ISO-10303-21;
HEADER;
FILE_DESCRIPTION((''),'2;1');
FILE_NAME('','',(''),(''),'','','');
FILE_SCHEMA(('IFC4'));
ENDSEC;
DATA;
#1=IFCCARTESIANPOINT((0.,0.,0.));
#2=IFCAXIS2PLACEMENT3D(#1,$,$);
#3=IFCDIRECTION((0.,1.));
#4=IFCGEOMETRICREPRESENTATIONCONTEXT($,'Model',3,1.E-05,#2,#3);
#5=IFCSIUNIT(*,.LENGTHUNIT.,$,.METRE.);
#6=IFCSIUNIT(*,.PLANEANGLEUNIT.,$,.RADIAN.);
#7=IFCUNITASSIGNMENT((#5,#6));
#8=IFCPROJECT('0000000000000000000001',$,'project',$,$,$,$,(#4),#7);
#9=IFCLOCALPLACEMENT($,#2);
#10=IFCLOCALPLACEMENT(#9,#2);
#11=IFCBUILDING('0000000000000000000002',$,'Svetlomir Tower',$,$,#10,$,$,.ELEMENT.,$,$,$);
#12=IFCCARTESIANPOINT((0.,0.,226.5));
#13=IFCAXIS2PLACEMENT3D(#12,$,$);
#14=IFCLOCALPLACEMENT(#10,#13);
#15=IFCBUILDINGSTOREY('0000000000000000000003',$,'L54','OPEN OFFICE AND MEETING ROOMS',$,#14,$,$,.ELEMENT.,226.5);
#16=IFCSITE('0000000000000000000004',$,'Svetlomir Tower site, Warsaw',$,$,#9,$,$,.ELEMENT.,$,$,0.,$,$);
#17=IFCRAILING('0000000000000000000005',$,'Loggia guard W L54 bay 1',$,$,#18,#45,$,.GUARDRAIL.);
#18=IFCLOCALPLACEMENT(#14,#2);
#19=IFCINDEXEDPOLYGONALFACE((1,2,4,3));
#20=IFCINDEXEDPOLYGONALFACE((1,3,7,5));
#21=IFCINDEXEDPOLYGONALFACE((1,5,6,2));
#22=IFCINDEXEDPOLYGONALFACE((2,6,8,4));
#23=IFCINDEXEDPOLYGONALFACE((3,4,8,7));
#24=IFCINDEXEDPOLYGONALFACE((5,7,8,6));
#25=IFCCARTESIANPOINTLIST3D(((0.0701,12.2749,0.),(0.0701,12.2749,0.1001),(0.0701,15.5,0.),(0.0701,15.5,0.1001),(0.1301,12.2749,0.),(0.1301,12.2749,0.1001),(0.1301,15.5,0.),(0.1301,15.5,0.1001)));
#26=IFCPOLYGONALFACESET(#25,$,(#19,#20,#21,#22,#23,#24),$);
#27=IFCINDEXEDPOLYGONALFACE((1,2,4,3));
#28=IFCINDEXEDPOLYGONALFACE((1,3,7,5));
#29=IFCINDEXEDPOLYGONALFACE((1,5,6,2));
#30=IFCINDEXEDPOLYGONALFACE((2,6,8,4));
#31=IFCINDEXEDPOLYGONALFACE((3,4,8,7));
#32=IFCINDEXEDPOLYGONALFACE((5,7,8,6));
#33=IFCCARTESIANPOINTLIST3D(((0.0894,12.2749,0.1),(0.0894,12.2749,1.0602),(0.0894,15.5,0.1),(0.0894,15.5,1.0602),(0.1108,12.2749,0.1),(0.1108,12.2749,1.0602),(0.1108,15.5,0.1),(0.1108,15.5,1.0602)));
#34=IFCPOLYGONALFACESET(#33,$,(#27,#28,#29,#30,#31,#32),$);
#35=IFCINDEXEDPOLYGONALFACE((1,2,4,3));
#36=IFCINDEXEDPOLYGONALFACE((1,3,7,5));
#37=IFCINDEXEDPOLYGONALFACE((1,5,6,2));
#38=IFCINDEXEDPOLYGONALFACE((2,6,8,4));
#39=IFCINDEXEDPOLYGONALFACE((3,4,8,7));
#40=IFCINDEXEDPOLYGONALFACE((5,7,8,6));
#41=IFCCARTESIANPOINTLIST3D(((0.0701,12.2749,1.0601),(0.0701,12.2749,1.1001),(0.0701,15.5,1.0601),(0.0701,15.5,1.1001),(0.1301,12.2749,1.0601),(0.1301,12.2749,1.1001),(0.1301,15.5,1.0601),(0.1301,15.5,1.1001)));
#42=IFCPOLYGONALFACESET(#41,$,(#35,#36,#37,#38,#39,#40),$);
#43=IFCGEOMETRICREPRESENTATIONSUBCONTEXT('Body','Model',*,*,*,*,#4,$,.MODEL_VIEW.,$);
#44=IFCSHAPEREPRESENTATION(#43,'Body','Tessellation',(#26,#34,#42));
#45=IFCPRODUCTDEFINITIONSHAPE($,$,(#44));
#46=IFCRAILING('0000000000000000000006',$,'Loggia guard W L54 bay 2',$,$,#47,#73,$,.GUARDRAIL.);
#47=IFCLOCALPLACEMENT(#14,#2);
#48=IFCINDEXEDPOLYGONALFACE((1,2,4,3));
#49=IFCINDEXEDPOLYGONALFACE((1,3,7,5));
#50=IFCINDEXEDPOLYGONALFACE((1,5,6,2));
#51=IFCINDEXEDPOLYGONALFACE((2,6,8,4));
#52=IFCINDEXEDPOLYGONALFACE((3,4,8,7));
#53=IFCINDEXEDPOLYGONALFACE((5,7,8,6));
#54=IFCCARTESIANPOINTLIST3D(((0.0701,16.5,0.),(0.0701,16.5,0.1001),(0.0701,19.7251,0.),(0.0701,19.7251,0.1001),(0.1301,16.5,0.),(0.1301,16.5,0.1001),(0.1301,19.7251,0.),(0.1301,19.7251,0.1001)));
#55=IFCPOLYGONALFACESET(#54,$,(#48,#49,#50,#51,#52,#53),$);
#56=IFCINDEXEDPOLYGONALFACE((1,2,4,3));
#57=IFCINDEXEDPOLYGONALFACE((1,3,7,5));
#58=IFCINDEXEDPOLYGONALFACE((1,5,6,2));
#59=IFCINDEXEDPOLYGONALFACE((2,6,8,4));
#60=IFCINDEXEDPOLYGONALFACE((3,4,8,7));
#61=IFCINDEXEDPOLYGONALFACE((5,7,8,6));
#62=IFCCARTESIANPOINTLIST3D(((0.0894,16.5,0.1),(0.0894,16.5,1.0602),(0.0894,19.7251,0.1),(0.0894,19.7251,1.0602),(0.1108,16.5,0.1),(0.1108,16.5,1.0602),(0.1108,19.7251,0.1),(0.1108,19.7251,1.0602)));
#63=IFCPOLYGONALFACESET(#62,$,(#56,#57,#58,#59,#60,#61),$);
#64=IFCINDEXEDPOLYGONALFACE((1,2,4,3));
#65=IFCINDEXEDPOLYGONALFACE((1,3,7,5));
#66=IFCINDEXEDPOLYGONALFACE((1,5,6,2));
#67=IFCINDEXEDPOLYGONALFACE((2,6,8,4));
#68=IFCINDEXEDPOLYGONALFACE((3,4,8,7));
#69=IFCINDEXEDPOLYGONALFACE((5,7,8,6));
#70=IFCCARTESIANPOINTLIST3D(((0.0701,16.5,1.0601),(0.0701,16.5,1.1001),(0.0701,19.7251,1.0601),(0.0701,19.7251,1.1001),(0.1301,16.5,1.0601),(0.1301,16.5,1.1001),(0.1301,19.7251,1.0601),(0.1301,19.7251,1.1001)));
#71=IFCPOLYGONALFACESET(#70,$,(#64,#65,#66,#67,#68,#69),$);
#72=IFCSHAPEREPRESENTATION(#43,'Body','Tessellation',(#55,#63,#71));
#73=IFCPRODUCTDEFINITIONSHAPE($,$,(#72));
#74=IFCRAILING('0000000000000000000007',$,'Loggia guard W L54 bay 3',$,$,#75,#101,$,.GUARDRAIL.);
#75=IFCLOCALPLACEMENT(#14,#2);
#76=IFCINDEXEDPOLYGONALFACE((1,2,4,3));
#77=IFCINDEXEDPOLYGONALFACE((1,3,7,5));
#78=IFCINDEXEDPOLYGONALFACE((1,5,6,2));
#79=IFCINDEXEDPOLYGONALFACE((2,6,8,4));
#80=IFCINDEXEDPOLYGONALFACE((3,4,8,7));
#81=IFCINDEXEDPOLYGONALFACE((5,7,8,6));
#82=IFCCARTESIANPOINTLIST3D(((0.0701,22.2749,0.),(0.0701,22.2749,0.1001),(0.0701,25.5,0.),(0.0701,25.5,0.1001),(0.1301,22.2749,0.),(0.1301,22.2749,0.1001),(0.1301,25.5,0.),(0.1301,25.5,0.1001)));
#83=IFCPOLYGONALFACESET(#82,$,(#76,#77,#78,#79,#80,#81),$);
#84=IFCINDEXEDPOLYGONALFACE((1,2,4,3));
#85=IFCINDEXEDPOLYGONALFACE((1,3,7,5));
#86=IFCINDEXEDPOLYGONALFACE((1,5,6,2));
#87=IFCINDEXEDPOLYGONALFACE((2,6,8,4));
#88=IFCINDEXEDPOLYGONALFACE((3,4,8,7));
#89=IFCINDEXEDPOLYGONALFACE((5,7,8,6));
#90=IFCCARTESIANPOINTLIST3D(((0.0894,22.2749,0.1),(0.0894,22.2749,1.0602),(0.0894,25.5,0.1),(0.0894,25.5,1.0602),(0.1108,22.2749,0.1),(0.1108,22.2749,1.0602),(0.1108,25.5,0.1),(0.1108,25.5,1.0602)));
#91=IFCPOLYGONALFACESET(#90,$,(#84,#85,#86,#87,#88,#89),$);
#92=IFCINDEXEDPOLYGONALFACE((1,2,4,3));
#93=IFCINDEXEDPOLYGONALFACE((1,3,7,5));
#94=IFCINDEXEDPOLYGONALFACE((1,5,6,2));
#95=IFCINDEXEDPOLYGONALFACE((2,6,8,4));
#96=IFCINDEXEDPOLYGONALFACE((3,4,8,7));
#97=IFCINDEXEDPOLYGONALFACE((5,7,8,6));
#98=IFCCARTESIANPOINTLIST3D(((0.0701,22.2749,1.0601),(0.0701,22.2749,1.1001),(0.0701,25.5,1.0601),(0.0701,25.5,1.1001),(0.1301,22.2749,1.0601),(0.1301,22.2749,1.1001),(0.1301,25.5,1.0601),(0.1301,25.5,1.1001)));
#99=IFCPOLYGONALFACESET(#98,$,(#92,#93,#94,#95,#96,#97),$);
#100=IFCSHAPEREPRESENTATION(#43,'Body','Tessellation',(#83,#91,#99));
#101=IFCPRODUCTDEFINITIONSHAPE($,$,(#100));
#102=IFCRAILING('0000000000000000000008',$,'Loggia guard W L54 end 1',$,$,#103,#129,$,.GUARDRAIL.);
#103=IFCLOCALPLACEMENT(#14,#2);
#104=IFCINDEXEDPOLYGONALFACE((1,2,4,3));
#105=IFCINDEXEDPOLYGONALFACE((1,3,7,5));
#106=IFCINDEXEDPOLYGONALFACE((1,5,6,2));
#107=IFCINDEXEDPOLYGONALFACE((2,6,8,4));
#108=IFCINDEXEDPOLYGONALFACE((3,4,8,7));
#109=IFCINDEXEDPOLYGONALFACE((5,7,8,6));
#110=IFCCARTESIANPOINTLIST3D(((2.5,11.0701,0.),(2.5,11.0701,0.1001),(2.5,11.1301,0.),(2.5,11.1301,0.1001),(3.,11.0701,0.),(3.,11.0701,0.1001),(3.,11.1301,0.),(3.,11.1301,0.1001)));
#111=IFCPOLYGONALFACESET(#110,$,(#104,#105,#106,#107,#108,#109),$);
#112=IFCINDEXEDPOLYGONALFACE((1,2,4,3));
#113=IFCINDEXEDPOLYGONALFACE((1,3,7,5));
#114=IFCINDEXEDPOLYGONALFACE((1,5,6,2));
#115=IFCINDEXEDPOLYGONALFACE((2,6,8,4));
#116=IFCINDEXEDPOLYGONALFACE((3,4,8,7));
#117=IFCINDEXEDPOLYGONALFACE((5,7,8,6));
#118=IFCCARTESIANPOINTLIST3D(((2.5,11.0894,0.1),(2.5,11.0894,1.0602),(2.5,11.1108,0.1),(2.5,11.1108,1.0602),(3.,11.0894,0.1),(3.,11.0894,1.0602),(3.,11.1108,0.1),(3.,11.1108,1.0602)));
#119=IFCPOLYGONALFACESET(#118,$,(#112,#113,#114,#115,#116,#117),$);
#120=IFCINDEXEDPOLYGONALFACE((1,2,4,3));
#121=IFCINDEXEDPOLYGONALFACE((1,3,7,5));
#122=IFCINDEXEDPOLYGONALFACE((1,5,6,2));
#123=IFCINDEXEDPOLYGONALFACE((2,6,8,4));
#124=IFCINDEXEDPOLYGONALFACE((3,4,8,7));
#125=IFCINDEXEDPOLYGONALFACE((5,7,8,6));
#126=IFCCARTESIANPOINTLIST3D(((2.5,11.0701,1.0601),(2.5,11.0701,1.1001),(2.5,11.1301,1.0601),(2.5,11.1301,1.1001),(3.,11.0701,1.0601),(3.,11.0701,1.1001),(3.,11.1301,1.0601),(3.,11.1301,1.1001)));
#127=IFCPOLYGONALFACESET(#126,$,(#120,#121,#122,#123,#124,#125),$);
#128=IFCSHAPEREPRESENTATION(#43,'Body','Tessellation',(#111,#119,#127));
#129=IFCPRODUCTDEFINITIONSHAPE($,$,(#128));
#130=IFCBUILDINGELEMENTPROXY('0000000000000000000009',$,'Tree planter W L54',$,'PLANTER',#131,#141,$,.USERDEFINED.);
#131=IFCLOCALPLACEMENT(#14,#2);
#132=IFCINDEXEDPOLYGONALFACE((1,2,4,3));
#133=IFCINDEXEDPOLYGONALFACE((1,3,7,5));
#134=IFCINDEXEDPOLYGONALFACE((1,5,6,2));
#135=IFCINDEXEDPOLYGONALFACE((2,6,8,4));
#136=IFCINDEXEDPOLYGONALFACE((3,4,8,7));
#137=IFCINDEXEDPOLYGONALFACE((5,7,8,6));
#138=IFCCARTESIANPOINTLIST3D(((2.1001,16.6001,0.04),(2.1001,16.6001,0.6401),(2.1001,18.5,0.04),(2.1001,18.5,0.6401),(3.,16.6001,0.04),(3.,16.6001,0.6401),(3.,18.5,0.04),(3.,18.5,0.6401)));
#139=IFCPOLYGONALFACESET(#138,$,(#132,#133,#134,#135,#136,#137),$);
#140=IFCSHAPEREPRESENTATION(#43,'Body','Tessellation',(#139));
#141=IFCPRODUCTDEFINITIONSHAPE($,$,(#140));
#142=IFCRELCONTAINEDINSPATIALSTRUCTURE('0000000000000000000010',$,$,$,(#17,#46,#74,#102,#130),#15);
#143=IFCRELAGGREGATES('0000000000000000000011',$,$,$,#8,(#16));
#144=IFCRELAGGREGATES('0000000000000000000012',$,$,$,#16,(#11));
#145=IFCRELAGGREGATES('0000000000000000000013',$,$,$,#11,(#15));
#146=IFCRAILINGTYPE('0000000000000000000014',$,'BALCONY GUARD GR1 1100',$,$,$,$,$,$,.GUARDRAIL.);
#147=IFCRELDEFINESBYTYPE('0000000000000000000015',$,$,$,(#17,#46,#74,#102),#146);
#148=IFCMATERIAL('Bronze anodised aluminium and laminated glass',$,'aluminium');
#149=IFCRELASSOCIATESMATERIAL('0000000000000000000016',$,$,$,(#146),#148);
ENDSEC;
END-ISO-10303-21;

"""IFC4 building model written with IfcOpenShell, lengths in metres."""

from ifc_helpers import new_model, si_unit, direction, frame, origin, origin_2d, place, context, subcontext, project, spatial, rectangle, extrude, material, type_object, element, save


model = new_model("IFC4")

# Units and contexts
model_context = context("Model", 3, precision=1e-05, world=origin(), true_north=direction((0.0, 1.0)))
body_context = subcontext(model_context, "Body", "Model", "MODEL_VIEW")
ifc_project = project(units=[si_unit("LENGTHUNIT", "METRE"), si_unit("PLANEANGLEUNIT", "RADIAN")], contexts=[model_context])

# Site, building, storey
site_placement = place(None, origin())
site = spatial("IfcSite", under=ifc_project, at=site_placement, Name="Svetlomir Tower site, Warsaw", CompositionType="ELEMENT", RefElevation=0.0)
building_placement = place(site_placement, origin())
building = spatial("IfcBuilding", under=site, at=building_placement, Name="Svetlomir Tower", CompositionType="ELEMENT")
storey_placement = place(building_placement, frame((0.0, 0.0, 226.5)))
storey = spatial("IfcBuildingStorey", under=building, at=storey_placement, Name="L54", Description="OPEN OFFICE AND MEETING ROOMS", CompositionType="ELEMENT", Elevation=226.5)

# Railings
ifc_material_1 = material(Name="Bronze anodised aluminium and laminated glass", Category="aluminium")
railing_type = type_object("IfcRailingType", Name="BALCONY GUARD GR1 1100", PredefinedType="GUARDRAIL", material=ifc_material_1)
for number, where, name in (
    (1, (0.1001, 12.2749, 0.0), "Loggia guard W L54 bay 1"),
    (2, (0.1001, 16.5, 0.0), "Loggia guard W L54 bay 2"),
    (3, (0.1001, 22.2749, 0.0), "Loggia guard W L54 bay 3"),
):
    element("IfcRailing", number, at=place(storey_placement, frame(where)), inside=storey, type_object=railing_type, Name=name, PredefinedType="GUARDRAIL", context=body_context, shape_type="SweptSolid", body=[
        extrude(rectangle(XDim=0.0601, YDim=0.1001, at=origin_2d()), frame((0.0, 0.0, 0.05), z_axis=(0.0, 1.0, 0.0), x_axis=(-1.0, 0.0, 0.0)), (0.0, 0.0, 1.0), 3.2251),
        extrude(rectangle(XDim=0.0215, YDim=0.9602, at=origin_2d()), frame((0.0, 0.0, 0.5801), z_axis=(0.0, 1.0, 0.0), x_axis=(-1.0, 0.0, 0.0)), (0.0, 0.0, 1.0), 3.2251),
        extrude(rectangle(XDim=0.0601, YDim=0.04, at=origin_2d()), frame((0.0, 0.0, 1.0801), z_axis=(0.0, 1.0, 0.0), x_axis=(-1.0, 0.0, 0.0)), (0.0, 0.0, 1.0), 3.2251),
    ])
railing_placement = place(storey_placement, frame((2.5, 11.1001, 0.0)))
element("IfcRailing", 4, at=railing_placement, inside=storey, type_object=railing_type, Name="Loggia guard W L54 end 1", PredefinedType="GUARDRAIL", context=body_context, shape_type="SweptSolid", body=[
    extrude(rectangle(XDim=0.0601, YDim=0.1001, at=origin_2d()), frame((0.0, 0.0, 0.05), z_axis=(1.0, 0.0, 0.0), x_axis=(0.0, 1.0, 0.0)), (0.0, 0.0, 1.0), 0.5),
    extrude(rectangle(XDim=0.0215, YDim=0.9602, at=origin_2d()), frame((0.0, 0.0, 0.5801), z_axis=(1.0, 0.0, 0.0), x_axis=(0.0, 1.0, 0.0)), (0.0, 0.0, 1.0), 0.5),
    extrude(rectangle(XDim=0.0601, YDim=0.04, at=origin_2d()), frame((0.0, 0.0, 1.0801), z_axis=(1.0, 0.0, 0.0), x_axis=(0.0, 1.0, 0.0)), (0.0, 0.0, 1.0), 0.5),
])

# Building element proxy
proxy_placement = place(storey_placement, frame((2.55, 17.55, 0.04), z_axis=(0.0, 0.0, 1.0), x_axis=(1.0, 0.0, 0.0)))
element("IfcBuildingElementProxy", 5, at=proxy_placement, inside=storey, Name="Tree planter W L54", ObjectType="PLANTER", PredefinedType="USERDEFINED", context=body_context, shape_type="SweptSolid", body=[
    extrude(rectangle(XDim=0.8999, YDim=1.8999, at=origin_2d()), origin(), (0.0, 0.0, 1.0), 0.6001),
])

save(model, "model.ifc")
